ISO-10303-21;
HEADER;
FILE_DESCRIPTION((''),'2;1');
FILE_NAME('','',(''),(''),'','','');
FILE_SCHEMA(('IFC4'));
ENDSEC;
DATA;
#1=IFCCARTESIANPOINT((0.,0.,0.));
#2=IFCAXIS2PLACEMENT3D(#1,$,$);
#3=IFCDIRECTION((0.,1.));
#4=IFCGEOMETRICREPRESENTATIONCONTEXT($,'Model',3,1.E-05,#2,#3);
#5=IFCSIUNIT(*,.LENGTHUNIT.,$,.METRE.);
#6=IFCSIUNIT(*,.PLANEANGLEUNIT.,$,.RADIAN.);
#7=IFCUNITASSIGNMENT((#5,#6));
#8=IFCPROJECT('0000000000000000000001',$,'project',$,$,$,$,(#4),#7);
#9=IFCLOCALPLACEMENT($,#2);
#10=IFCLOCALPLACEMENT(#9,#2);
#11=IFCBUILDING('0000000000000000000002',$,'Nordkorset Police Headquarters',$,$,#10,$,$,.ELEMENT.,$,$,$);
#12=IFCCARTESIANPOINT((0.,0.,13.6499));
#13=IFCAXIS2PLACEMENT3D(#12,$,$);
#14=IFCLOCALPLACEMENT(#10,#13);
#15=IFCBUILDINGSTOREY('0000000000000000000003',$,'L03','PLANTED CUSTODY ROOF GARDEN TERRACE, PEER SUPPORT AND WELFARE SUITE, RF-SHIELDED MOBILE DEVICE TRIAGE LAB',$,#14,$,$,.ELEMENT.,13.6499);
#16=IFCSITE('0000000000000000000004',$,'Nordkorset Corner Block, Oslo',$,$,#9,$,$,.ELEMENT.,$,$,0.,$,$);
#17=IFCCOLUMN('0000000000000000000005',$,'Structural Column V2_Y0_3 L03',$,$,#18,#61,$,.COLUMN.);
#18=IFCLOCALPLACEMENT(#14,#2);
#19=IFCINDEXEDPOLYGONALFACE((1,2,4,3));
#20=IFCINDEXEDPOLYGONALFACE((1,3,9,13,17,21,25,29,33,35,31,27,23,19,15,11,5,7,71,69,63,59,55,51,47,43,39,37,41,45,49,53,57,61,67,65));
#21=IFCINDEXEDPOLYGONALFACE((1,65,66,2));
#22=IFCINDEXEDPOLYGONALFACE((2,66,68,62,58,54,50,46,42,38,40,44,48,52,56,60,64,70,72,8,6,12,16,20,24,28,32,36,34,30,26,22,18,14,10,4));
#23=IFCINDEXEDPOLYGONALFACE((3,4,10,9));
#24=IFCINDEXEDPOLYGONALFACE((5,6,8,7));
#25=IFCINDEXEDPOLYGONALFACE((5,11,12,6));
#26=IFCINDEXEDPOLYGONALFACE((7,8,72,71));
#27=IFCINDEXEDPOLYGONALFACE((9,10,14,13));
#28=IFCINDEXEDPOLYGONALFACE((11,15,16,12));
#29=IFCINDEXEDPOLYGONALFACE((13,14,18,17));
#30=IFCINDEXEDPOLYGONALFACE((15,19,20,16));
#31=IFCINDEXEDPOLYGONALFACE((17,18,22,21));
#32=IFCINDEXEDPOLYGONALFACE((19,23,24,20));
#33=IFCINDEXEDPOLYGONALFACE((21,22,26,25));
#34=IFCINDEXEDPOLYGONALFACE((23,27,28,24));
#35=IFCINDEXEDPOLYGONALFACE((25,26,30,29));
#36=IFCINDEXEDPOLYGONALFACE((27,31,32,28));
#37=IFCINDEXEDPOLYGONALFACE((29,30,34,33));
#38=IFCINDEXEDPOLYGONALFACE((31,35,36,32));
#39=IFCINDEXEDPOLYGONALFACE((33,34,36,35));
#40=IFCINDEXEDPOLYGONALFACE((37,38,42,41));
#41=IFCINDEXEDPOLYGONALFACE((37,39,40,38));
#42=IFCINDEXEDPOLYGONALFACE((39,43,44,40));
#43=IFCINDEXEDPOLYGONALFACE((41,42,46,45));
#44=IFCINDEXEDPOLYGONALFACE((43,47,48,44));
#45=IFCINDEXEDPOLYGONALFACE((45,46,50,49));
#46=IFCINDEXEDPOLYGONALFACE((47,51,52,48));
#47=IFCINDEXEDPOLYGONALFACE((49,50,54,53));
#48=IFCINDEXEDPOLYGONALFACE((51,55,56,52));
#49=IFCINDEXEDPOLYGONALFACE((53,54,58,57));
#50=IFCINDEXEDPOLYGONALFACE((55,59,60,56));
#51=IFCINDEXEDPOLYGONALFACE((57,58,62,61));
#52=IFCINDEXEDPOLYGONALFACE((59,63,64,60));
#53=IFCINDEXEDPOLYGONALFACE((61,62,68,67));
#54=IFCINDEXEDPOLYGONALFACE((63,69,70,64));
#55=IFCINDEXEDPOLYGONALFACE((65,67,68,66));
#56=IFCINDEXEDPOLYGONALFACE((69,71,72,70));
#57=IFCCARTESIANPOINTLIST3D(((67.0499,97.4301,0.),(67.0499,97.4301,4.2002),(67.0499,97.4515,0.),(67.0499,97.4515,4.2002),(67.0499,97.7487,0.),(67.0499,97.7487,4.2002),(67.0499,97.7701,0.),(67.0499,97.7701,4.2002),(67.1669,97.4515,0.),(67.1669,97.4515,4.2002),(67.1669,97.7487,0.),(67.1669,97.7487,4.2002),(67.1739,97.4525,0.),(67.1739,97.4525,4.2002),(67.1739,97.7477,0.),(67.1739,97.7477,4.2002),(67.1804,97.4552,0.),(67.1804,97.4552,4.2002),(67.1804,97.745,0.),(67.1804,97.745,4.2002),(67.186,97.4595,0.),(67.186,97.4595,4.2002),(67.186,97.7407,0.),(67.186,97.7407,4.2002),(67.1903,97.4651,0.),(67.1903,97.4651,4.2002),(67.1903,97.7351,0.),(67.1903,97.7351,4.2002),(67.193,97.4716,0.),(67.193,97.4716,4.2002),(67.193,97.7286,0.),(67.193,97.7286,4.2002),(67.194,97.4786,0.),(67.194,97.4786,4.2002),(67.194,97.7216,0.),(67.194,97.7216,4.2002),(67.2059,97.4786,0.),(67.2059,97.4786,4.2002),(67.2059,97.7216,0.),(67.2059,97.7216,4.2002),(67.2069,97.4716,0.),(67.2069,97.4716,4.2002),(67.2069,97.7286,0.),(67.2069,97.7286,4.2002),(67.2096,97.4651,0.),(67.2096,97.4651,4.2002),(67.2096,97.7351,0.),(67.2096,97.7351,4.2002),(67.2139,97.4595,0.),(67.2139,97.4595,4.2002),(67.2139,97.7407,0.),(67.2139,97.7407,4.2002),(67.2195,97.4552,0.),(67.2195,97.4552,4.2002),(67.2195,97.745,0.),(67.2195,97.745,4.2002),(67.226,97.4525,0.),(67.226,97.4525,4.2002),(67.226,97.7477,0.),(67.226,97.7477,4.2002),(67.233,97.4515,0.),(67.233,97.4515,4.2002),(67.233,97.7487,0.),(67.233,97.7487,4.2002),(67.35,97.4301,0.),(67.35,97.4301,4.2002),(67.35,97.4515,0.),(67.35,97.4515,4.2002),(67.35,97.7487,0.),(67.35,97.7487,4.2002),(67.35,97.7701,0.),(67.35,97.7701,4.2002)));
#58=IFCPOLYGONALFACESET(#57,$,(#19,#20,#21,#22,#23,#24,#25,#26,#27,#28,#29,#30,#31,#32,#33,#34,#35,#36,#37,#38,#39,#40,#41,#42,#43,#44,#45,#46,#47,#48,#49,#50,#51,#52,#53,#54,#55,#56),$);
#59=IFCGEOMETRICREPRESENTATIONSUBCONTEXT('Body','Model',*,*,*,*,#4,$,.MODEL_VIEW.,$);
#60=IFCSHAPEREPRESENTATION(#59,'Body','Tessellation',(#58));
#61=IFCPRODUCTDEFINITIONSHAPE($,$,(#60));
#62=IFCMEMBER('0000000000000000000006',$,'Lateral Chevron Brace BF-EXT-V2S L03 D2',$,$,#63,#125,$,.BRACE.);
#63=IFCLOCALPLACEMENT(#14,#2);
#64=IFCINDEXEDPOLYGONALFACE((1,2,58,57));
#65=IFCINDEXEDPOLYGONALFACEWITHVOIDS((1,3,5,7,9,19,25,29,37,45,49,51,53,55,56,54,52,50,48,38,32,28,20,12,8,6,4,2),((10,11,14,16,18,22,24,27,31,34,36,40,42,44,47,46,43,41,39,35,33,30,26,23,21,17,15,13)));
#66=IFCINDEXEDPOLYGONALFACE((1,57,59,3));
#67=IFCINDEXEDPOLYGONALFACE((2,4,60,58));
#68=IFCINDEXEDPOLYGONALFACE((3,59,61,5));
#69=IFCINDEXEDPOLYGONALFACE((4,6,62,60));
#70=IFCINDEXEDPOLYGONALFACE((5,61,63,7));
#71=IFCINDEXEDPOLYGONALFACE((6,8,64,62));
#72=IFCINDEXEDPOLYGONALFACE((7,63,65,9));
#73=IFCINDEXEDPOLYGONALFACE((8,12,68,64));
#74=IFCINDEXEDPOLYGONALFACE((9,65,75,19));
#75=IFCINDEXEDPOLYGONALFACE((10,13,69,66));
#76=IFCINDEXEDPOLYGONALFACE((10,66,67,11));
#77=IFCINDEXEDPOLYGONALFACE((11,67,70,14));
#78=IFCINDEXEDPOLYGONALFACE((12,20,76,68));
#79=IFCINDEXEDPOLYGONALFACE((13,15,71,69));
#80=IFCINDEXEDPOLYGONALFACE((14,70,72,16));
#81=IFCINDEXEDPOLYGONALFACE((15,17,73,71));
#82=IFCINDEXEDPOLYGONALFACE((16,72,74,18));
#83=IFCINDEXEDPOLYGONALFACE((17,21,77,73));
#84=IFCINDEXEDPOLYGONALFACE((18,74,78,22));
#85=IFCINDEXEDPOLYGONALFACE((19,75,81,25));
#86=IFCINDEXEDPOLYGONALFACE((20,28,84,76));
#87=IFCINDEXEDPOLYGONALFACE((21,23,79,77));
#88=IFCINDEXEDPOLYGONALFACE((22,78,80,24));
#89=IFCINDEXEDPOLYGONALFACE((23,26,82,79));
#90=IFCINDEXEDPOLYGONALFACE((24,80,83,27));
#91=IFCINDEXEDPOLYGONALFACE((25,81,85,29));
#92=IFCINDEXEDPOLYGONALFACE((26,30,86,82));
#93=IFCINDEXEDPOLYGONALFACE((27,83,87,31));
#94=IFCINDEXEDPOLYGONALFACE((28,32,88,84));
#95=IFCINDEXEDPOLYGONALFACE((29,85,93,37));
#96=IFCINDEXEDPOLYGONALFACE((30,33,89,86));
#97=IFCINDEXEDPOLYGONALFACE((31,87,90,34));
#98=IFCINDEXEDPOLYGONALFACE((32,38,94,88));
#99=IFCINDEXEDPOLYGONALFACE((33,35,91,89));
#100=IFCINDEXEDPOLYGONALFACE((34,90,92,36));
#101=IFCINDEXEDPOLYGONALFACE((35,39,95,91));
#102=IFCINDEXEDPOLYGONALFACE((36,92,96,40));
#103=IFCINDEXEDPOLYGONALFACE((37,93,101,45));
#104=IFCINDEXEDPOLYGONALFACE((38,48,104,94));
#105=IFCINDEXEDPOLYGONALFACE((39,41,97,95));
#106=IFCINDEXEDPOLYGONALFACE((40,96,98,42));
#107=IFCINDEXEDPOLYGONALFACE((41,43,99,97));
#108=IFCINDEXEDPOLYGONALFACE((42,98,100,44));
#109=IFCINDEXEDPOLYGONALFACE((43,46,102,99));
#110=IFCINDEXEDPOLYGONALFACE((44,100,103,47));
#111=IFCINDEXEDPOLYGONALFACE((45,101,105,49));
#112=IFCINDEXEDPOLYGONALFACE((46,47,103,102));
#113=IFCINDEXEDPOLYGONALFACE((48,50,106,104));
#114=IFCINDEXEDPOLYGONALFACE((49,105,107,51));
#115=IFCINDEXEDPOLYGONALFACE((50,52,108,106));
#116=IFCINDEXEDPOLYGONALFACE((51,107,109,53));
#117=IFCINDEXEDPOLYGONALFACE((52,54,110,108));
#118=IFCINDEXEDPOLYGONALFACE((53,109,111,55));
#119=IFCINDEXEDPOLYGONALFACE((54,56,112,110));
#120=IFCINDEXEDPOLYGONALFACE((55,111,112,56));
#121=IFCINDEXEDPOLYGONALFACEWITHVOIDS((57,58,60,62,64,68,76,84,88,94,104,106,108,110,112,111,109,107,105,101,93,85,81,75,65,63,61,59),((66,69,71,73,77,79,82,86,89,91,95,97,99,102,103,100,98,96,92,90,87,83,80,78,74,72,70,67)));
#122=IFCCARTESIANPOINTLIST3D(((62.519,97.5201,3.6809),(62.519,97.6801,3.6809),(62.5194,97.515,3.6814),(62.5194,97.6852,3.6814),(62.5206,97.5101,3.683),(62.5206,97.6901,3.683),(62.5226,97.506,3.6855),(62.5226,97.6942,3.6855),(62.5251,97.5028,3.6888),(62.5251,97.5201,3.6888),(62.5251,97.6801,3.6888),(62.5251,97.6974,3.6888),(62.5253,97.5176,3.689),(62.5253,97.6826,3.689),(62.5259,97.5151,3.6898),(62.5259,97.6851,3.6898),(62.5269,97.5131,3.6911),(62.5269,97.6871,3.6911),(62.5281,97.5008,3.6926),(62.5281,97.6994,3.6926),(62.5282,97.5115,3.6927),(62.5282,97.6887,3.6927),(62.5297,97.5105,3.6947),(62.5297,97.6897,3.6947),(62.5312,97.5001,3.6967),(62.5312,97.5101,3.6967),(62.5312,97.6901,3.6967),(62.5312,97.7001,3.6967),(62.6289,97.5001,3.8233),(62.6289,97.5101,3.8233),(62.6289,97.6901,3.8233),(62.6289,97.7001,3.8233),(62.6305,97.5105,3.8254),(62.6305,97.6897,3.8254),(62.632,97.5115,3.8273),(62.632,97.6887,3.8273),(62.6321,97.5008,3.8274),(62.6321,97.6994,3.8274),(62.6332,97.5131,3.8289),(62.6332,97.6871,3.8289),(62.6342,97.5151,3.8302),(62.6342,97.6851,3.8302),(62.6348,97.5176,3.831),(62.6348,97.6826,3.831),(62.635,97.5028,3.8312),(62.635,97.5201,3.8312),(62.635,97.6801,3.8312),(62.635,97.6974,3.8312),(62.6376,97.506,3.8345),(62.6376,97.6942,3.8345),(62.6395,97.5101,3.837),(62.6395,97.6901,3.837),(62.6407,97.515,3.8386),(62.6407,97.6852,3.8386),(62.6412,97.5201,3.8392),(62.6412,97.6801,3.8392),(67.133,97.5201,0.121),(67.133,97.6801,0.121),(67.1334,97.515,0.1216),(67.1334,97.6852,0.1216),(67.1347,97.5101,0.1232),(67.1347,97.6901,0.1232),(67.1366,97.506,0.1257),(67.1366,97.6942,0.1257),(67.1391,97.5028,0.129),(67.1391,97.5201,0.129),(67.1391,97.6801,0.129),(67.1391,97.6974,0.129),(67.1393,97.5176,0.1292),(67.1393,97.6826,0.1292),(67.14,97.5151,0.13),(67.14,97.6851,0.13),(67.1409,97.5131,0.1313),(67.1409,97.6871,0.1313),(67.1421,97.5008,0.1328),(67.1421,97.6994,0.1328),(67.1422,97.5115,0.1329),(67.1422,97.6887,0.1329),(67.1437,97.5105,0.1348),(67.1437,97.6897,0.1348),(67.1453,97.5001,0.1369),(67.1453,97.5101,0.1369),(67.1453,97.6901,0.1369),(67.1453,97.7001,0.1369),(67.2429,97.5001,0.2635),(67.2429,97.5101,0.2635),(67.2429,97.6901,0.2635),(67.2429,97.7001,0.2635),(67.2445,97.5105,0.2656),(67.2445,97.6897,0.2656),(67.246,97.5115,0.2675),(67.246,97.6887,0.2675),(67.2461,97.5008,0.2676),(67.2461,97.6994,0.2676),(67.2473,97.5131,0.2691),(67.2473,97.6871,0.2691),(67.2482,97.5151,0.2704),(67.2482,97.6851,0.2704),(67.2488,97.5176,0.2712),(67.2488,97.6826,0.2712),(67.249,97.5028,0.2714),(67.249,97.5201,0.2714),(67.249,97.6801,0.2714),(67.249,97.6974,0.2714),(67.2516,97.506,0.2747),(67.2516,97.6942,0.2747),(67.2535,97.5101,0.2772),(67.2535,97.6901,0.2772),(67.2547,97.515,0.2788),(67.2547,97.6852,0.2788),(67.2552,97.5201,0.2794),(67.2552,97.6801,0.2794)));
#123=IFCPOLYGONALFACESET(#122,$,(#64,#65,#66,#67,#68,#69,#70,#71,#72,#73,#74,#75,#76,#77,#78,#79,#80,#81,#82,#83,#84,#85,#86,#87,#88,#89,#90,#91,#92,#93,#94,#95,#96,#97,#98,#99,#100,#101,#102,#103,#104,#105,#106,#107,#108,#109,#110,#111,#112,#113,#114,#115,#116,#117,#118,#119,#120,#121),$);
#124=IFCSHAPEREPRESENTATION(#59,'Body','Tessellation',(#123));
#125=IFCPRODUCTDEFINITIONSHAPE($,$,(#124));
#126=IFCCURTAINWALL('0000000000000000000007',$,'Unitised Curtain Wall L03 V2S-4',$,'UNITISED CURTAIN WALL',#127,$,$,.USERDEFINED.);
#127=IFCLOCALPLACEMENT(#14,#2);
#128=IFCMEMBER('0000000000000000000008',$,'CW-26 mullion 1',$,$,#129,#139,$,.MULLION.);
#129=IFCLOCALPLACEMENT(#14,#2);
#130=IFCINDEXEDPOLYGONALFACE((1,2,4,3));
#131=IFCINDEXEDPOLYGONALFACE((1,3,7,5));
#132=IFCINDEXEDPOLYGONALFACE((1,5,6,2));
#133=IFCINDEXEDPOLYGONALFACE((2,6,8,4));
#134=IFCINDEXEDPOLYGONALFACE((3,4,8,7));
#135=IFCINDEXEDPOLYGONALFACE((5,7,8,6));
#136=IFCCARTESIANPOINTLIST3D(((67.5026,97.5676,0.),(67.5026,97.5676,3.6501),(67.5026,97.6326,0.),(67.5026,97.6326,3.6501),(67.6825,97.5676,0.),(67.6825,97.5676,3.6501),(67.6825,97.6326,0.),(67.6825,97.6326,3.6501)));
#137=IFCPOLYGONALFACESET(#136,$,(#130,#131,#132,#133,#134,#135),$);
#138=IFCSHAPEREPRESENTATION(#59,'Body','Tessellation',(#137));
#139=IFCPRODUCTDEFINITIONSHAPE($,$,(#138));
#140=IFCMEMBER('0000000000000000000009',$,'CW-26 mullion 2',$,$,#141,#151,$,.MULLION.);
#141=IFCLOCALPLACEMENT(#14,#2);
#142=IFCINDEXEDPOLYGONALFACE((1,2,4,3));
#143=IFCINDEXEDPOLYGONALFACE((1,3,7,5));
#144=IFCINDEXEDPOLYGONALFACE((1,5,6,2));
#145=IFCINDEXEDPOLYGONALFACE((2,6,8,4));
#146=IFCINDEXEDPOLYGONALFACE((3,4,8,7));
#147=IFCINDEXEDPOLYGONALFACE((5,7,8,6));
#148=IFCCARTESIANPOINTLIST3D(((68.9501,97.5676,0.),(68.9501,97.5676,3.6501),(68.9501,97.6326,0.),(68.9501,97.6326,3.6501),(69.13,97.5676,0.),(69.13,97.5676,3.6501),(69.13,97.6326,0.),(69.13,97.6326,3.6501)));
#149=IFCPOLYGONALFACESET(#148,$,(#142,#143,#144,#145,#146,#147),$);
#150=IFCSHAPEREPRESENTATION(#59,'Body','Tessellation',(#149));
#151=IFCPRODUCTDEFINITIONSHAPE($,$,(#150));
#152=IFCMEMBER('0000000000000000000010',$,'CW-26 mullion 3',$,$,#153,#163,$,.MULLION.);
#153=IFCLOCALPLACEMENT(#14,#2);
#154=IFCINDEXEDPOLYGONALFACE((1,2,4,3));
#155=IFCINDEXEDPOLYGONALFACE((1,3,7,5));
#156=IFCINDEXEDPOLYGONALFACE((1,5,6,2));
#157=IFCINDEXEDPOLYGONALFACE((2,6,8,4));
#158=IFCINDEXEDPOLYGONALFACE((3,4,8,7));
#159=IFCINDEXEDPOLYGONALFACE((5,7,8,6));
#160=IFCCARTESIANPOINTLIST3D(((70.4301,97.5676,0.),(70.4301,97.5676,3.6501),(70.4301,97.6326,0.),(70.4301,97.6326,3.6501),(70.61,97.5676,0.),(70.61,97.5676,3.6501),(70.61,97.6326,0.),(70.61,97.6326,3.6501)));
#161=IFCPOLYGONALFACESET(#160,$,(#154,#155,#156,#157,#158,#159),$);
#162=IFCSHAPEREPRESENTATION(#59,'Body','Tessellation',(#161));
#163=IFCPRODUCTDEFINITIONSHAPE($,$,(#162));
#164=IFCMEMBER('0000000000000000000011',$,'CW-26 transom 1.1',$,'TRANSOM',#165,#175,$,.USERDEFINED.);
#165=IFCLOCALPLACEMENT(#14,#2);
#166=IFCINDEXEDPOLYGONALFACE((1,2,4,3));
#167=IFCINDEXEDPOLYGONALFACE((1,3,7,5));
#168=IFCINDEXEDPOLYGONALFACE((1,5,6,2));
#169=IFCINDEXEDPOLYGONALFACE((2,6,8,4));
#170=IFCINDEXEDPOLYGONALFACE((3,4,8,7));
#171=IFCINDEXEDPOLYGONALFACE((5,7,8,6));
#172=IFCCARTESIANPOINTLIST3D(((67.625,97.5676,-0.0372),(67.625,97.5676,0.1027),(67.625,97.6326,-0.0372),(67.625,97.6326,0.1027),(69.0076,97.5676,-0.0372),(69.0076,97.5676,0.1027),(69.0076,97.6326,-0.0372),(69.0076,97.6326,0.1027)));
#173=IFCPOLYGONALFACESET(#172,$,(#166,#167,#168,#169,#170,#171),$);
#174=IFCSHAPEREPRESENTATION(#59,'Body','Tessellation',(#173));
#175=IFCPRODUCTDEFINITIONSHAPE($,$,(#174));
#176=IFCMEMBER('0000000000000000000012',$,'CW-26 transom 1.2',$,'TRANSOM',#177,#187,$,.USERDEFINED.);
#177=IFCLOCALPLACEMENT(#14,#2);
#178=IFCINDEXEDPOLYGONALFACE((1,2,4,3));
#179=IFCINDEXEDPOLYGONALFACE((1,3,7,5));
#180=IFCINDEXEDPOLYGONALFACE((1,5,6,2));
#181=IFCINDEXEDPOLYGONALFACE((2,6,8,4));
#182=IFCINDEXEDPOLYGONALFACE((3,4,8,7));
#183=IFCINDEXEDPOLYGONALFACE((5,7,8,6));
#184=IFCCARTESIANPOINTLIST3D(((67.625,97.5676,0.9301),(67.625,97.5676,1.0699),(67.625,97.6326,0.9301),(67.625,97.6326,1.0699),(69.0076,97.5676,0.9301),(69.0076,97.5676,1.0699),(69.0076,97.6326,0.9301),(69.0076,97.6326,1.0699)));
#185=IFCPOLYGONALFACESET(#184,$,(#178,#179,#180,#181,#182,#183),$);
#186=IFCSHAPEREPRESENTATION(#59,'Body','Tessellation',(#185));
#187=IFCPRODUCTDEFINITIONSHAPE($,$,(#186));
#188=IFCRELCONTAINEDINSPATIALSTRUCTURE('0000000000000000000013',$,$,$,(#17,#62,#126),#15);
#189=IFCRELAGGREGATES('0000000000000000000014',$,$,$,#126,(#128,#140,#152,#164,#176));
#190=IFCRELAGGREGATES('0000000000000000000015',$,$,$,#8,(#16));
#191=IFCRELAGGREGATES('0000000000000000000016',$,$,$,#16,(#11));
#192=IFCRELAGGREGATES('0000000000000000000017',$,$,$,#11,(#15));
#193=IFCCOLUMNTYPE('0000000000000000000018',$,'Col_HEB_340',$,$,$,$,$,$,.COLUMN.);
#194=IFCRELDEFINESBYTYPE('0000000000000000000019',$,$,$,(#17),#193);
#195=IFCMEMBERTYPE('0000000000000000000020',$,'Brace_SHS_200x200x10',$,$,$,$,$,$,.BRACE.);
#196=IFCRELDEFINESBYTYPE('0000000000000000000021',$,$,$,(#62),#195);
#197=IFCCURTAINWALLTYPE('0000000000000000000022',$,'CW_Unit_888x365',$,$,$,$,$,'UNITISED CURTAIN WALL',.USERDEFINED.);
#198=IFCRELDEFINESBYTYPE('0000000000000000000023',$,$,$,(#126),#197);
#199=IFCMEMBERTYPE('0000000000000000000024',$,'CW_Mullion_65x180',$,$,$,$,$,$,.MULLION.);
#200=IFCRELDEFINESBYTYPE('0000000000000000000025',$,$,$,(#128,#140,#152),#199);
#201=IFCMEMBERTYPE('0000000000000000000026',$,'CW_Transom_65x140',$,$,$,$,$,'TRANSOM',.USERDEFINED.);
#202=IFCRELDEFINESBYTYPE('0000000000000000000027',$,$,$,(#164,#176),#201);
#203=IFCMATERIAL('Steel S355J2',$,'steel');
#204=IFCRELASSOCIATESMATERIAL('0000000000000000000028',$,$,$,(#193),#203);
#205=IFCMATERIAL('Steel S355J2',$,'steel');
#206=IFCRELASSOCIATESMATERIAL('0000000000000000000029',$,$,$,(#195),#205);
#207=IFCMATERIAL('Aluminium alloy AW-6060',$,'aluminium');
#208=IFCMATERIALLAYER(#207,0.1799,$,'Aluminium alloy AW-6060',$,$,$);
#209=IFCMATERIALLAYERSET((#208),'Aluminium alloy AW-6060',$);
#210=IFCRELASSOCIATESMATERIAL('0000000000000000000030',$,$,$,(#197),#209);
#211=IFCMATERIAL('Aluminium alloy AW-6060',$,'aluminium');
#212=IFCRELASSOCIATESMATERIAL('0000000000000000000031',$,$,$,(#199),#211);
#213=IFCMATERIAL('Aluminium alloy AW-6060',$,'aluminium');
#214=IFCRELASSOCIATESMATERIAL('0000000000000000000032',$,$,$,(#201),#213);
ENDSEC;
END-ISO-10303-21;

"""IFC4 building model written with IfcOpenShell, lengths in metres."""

from ifc_helpers import new_model, si_unit, direction, frame, origin, origin_2d, place, context, subcontext, project, spatial, rectangle, hollow_rectangle, i_section, extrude, material, layer, layer_set, material_profile, profile_set, type_object, element, aggregate, save


model = new_model("IFC4")

# Units and contexts
model_context = context("Model", 3, precision=1e-05, world=origin(), true_north=direction((0.0, 1.0)))
body_context = subcontext(model_context, "Body", "Model", "MODEL_VIEW")
ifc_project = project(units=[si_unit("LENGTHUNIT", "METRE"), si_unit("PLANEANGLEUNIT", "RADIAN")], contexts=[model_context])

# Site, building, storey
site_placement = place(None, origin())
site = spatial("IfcSite", under=ifc_project, at=site_placement, Name="Nordkorset Corner Block, Oslo", CompositionType="ELEMENT", RefElevation=0.0)
building_placement = place(site_placement, origin())
building = spatial("IfcBuilding", under=site, at=building_placement, Name="Nordkorset Police Headquarters", CompositionType="ELEMENT")
storey_placement = place(building_placement, frame((0.0, 0.0, 13.6499)))
storey = spatial("IfcBuildingStorey", under=building, at=storey_placement, Name="L03", Description="PLANTED CUSTODY ROOF GARDEN TERRACE, PEER SUPPORT AND WELFARE SUITE, RF-SHIELDED MOBILE DEVICE TRIAGE LAB", CompositionType="ELEMENT", Elevation=13.6499)

# Column
ifc_material_1 = material(Name="Steel S355J2", Category="steel")
ifc_material_profile_1 = material_profile(ifc_material_1, i_section(OverallWidth=0.3, OverallDepth=0.3401, WebThickness=0.012, FlangeThickness=0.0215, FilletRadius=0.0271, at=origin_2d()), Name="HEB 340")
ifc_profile_set_1 = profile_set([ifc_material_profile_1], Name="Steel S355J2")
column_type = type_object("IfcColumnType", Name="Col_HEB_340", PredefinedType="COLUMN", material=ifc_profile_set_1)
column_placement = place(storey_placement, frame((67.2, 97.6001, 0.0), z_axis=(0.0, 0.0, 1.0), x_axis=(1.0, 0.0, 0.0)))
element("IfcColumn", 1, at=column_placement, inside=storey, type_object=column_type, Name="Structural Column V2_Y0_3 L03", PredefinedType="COLUMN", context=body_context, shape_type="SweptSolid", body=[
    extrude(i_section(OverallWidth=0.3, OverallDepth=0.3401, WebThickness=0.012, FlangeThickness=0.0215, FilletRadius=0.0271, at=origin_2d()), origin(), (0.0, 0.0, 1.0), 4.2002),
])

# Member
ifc_material_2 = material(Name="Steel S355J2", Category="steel")
ifc_material_profile_2 = material_profile(ifc_material_2, hollow_rectangle(XDim=0.2, YDim=0.2, WallThickness=0.01, InnerFilletRadius=0.01, OuterFilletRadius=0.02, at=origin_2d()), Name="SHS 200x200x10")
ifc_profile_set_2 = profile_set([ifc_material_profile_2], Name="Steel S355J2")
member_type_1 = type_object("IfcMemberType", Name="Brace_SHS_200x200x10", PredefinedType="BRACE", material=ifc_profile_set_2)
member_1_placement = place(storey_placement, frame((67.1941, 97.6001, 0.2002), z_axis=(-0.791746, 0.0, 0.61085), x_axis=(0.0, -1.0, 0.0)))
element("IfcMember", 2, at=member_1_placement, inside=storey, type_object=member_type_1, Name="Lateral Chevron Brace BF-EXT-V2S L03 D2", PredefinedType="BRACE", context=body_context, shape_type="SweptSolid", body=[
    extrude(hollow_rectangle(XDim=0.2, YDim=0.2, WallThickness=0.01, InnerFilletRadius=0.01, OuterFilletRadius=0.02, at=origin_2d()), origin(), (0.0, 0.0, 1.0), 5.8276),
])

# Curtain wall, members
ifc_material_3 = material(Name="Aluminium alloy AW-6060", Category="aluminium")
ifc_layer_1 = layer(ifc_material_3, 0.1799, Name="Aluminium alloy AW-6060")
ifc_layer_set_1 = layer_set([ifc_layer_1], Name="Aluminium alloy AW-6060")
curtain_wall_type = type_object("IfcCurtainWallType", Name="CW_Unit_888x365", ElementType="UNITISED CURTAIN WALL", PredefinedType="USERDEFINED", material=ifc_layer_set_1)
curtain_wall_placement = place(storey_placement, origin())
curtain_wall = element("IfcCurtainWall", 3, at=curtain_wall_placement, inside=storey, type_object=curtain_wall_type, Name="Unitised Curtain Wall L03 V2S-4", ObjectType="UNITISED CURTAIN WALL", PredefinedType="USERDEFINED")
ifc_material_4 = material(Name="Aluminium alloy AW-6060", Category="aluminium")
ifc_material_profile_3 = material_profile(ifc_material_4, rectangle(XDim=0.0649, YDim=0.1799, at=origin_2d()), Name="ALU MULL 65x180")
ifc_profile_set_3 = profile_set([ifc_material_profile_3], Name="Aluminium alloy AW-6060")
member_type_2 = type_object("IfcMemberType", Name="CW_Mullion_65x180", PredefinedType="MULLION", material=ifc_profile_set_3)
member_2_placement = place(storey_placement, frame((67.5925, 97.6001, 0.0), z_axis=(0.0, 0.0, 1.0), x_axis=(0.0, 1.0, 0.0)))
member_2 = element("IfcMember", 4, at=member_2_placement, type_object=member_type_2, Name="CW-26 mullion 1", PredefinedType="MULLION", context=body_context, shape_type="SweptSolid", body=[
    extrude(rectangle(XDim=0.0649, YDim=0.1799, at=origin_2d()), origin(), (0.0, 0.0, 1.0), 3.6501),
])
member_3_placement = place(storey_placement, frame((69.04, 97.6001, 0.0), z_axis=(0.0, 0.0, 1.0), x_axis=(0.0, 1.0, 0.0)))
member_3 = element("IfcMember", 5, at=member_3_placement, type_object=member_type_2, Name="CW-26 mullion 2", PredefinedType="MULLION", context=body_context, shape_type="SweptSolid", body=[
    extrude(rectangle(XDim=0.0649, YDim=0.1799, at=origin_2d()), origin(), (0.0, 0.0, 1.0), 3.6501),
])
member_4_placement = place(storey_placement, frame((70.52, 97.6001, 0.0), z_axis=(0.0, 0.0, 1.0), x_axis=(0.0, 1.0, 0.0)))
member_4 = element("IfcMember", 6, at=member_4_placement, type_object=member_type_2, Name="CW-26 mullion 3", PredefinedType="MULLION", context=body_context, shape_type="SweptSolid", body=[
    extrude(rectangle(XDim=0.0649, YDim=0.1799, at=origin_2d()), origin(), (0.0, 0.0, 1.0), 3.6501),
])
ifc_material_5 = material(Name="Aluminium alloy AW-6060", Category="aluminium")
ifc_material_profile_4 = material_profile(ifc_material_5, rectangle(XDim=0.0649, YDim=0.1399, at=origin_2d()), Name="ALU TRAN 65x140")
ifc_profile_set_4 = profile_set([ifc_material_profile_4], Name="Aluminium alloy AW-6060")
member_type_3 = type_object("IfcMemberType", Name="CW_Transom_65x140", ElementType="TRANSOM", PredefinedType="USERDEFINED", material=ifc_profile_set_4)
member_5_placement = place(storey_placement, frame((67.625, 97.6001, 0.0327), z_axis=(1.0, 0.0, 0.0), x_axis=(0.0, 1.0, 0.0)))
member_5 = element("IfcMember", 7, at=member_5_placement, type_object=member_type_3, Name="CW-26 transom 1.1", ObjectType="TRANSOM", PredefinedType="USERDEFINED", context=body_context, shape_type="SweptSolid", body=[
    extrude(rectangle(XDim=0.0649, YDim=0.1399, at=origin_2d()), origin(), (0.0, 0.0, 1.0), 1.3826),
])
member_6_placement = place(storey_placement, frame((67.625, 97.6001, 1.0), z_axis=(1.0, 0.0, 0.0), x_axis=(0.0, 1.0, 0.0)))
member_6 = element("IfcMember", 8, at=member_6_placement, type_object=member_type_3, Name="CW-26 transom 1.2", ObjectType="TRANSOM", PredefinedType="USERDEFINED", context=body_context, shape_type="SweptSolid", body=[
    extrude(rectangle(XDim=0.0649, YDim=0.1399, at=origin_2d()), origin(), (0.0, 0.0, 1.0), 1.3826),
])

aggregate(curtain_wall, [member_2, member_3, member_4, member_5, member_6])

save(model, "model.ifc")
